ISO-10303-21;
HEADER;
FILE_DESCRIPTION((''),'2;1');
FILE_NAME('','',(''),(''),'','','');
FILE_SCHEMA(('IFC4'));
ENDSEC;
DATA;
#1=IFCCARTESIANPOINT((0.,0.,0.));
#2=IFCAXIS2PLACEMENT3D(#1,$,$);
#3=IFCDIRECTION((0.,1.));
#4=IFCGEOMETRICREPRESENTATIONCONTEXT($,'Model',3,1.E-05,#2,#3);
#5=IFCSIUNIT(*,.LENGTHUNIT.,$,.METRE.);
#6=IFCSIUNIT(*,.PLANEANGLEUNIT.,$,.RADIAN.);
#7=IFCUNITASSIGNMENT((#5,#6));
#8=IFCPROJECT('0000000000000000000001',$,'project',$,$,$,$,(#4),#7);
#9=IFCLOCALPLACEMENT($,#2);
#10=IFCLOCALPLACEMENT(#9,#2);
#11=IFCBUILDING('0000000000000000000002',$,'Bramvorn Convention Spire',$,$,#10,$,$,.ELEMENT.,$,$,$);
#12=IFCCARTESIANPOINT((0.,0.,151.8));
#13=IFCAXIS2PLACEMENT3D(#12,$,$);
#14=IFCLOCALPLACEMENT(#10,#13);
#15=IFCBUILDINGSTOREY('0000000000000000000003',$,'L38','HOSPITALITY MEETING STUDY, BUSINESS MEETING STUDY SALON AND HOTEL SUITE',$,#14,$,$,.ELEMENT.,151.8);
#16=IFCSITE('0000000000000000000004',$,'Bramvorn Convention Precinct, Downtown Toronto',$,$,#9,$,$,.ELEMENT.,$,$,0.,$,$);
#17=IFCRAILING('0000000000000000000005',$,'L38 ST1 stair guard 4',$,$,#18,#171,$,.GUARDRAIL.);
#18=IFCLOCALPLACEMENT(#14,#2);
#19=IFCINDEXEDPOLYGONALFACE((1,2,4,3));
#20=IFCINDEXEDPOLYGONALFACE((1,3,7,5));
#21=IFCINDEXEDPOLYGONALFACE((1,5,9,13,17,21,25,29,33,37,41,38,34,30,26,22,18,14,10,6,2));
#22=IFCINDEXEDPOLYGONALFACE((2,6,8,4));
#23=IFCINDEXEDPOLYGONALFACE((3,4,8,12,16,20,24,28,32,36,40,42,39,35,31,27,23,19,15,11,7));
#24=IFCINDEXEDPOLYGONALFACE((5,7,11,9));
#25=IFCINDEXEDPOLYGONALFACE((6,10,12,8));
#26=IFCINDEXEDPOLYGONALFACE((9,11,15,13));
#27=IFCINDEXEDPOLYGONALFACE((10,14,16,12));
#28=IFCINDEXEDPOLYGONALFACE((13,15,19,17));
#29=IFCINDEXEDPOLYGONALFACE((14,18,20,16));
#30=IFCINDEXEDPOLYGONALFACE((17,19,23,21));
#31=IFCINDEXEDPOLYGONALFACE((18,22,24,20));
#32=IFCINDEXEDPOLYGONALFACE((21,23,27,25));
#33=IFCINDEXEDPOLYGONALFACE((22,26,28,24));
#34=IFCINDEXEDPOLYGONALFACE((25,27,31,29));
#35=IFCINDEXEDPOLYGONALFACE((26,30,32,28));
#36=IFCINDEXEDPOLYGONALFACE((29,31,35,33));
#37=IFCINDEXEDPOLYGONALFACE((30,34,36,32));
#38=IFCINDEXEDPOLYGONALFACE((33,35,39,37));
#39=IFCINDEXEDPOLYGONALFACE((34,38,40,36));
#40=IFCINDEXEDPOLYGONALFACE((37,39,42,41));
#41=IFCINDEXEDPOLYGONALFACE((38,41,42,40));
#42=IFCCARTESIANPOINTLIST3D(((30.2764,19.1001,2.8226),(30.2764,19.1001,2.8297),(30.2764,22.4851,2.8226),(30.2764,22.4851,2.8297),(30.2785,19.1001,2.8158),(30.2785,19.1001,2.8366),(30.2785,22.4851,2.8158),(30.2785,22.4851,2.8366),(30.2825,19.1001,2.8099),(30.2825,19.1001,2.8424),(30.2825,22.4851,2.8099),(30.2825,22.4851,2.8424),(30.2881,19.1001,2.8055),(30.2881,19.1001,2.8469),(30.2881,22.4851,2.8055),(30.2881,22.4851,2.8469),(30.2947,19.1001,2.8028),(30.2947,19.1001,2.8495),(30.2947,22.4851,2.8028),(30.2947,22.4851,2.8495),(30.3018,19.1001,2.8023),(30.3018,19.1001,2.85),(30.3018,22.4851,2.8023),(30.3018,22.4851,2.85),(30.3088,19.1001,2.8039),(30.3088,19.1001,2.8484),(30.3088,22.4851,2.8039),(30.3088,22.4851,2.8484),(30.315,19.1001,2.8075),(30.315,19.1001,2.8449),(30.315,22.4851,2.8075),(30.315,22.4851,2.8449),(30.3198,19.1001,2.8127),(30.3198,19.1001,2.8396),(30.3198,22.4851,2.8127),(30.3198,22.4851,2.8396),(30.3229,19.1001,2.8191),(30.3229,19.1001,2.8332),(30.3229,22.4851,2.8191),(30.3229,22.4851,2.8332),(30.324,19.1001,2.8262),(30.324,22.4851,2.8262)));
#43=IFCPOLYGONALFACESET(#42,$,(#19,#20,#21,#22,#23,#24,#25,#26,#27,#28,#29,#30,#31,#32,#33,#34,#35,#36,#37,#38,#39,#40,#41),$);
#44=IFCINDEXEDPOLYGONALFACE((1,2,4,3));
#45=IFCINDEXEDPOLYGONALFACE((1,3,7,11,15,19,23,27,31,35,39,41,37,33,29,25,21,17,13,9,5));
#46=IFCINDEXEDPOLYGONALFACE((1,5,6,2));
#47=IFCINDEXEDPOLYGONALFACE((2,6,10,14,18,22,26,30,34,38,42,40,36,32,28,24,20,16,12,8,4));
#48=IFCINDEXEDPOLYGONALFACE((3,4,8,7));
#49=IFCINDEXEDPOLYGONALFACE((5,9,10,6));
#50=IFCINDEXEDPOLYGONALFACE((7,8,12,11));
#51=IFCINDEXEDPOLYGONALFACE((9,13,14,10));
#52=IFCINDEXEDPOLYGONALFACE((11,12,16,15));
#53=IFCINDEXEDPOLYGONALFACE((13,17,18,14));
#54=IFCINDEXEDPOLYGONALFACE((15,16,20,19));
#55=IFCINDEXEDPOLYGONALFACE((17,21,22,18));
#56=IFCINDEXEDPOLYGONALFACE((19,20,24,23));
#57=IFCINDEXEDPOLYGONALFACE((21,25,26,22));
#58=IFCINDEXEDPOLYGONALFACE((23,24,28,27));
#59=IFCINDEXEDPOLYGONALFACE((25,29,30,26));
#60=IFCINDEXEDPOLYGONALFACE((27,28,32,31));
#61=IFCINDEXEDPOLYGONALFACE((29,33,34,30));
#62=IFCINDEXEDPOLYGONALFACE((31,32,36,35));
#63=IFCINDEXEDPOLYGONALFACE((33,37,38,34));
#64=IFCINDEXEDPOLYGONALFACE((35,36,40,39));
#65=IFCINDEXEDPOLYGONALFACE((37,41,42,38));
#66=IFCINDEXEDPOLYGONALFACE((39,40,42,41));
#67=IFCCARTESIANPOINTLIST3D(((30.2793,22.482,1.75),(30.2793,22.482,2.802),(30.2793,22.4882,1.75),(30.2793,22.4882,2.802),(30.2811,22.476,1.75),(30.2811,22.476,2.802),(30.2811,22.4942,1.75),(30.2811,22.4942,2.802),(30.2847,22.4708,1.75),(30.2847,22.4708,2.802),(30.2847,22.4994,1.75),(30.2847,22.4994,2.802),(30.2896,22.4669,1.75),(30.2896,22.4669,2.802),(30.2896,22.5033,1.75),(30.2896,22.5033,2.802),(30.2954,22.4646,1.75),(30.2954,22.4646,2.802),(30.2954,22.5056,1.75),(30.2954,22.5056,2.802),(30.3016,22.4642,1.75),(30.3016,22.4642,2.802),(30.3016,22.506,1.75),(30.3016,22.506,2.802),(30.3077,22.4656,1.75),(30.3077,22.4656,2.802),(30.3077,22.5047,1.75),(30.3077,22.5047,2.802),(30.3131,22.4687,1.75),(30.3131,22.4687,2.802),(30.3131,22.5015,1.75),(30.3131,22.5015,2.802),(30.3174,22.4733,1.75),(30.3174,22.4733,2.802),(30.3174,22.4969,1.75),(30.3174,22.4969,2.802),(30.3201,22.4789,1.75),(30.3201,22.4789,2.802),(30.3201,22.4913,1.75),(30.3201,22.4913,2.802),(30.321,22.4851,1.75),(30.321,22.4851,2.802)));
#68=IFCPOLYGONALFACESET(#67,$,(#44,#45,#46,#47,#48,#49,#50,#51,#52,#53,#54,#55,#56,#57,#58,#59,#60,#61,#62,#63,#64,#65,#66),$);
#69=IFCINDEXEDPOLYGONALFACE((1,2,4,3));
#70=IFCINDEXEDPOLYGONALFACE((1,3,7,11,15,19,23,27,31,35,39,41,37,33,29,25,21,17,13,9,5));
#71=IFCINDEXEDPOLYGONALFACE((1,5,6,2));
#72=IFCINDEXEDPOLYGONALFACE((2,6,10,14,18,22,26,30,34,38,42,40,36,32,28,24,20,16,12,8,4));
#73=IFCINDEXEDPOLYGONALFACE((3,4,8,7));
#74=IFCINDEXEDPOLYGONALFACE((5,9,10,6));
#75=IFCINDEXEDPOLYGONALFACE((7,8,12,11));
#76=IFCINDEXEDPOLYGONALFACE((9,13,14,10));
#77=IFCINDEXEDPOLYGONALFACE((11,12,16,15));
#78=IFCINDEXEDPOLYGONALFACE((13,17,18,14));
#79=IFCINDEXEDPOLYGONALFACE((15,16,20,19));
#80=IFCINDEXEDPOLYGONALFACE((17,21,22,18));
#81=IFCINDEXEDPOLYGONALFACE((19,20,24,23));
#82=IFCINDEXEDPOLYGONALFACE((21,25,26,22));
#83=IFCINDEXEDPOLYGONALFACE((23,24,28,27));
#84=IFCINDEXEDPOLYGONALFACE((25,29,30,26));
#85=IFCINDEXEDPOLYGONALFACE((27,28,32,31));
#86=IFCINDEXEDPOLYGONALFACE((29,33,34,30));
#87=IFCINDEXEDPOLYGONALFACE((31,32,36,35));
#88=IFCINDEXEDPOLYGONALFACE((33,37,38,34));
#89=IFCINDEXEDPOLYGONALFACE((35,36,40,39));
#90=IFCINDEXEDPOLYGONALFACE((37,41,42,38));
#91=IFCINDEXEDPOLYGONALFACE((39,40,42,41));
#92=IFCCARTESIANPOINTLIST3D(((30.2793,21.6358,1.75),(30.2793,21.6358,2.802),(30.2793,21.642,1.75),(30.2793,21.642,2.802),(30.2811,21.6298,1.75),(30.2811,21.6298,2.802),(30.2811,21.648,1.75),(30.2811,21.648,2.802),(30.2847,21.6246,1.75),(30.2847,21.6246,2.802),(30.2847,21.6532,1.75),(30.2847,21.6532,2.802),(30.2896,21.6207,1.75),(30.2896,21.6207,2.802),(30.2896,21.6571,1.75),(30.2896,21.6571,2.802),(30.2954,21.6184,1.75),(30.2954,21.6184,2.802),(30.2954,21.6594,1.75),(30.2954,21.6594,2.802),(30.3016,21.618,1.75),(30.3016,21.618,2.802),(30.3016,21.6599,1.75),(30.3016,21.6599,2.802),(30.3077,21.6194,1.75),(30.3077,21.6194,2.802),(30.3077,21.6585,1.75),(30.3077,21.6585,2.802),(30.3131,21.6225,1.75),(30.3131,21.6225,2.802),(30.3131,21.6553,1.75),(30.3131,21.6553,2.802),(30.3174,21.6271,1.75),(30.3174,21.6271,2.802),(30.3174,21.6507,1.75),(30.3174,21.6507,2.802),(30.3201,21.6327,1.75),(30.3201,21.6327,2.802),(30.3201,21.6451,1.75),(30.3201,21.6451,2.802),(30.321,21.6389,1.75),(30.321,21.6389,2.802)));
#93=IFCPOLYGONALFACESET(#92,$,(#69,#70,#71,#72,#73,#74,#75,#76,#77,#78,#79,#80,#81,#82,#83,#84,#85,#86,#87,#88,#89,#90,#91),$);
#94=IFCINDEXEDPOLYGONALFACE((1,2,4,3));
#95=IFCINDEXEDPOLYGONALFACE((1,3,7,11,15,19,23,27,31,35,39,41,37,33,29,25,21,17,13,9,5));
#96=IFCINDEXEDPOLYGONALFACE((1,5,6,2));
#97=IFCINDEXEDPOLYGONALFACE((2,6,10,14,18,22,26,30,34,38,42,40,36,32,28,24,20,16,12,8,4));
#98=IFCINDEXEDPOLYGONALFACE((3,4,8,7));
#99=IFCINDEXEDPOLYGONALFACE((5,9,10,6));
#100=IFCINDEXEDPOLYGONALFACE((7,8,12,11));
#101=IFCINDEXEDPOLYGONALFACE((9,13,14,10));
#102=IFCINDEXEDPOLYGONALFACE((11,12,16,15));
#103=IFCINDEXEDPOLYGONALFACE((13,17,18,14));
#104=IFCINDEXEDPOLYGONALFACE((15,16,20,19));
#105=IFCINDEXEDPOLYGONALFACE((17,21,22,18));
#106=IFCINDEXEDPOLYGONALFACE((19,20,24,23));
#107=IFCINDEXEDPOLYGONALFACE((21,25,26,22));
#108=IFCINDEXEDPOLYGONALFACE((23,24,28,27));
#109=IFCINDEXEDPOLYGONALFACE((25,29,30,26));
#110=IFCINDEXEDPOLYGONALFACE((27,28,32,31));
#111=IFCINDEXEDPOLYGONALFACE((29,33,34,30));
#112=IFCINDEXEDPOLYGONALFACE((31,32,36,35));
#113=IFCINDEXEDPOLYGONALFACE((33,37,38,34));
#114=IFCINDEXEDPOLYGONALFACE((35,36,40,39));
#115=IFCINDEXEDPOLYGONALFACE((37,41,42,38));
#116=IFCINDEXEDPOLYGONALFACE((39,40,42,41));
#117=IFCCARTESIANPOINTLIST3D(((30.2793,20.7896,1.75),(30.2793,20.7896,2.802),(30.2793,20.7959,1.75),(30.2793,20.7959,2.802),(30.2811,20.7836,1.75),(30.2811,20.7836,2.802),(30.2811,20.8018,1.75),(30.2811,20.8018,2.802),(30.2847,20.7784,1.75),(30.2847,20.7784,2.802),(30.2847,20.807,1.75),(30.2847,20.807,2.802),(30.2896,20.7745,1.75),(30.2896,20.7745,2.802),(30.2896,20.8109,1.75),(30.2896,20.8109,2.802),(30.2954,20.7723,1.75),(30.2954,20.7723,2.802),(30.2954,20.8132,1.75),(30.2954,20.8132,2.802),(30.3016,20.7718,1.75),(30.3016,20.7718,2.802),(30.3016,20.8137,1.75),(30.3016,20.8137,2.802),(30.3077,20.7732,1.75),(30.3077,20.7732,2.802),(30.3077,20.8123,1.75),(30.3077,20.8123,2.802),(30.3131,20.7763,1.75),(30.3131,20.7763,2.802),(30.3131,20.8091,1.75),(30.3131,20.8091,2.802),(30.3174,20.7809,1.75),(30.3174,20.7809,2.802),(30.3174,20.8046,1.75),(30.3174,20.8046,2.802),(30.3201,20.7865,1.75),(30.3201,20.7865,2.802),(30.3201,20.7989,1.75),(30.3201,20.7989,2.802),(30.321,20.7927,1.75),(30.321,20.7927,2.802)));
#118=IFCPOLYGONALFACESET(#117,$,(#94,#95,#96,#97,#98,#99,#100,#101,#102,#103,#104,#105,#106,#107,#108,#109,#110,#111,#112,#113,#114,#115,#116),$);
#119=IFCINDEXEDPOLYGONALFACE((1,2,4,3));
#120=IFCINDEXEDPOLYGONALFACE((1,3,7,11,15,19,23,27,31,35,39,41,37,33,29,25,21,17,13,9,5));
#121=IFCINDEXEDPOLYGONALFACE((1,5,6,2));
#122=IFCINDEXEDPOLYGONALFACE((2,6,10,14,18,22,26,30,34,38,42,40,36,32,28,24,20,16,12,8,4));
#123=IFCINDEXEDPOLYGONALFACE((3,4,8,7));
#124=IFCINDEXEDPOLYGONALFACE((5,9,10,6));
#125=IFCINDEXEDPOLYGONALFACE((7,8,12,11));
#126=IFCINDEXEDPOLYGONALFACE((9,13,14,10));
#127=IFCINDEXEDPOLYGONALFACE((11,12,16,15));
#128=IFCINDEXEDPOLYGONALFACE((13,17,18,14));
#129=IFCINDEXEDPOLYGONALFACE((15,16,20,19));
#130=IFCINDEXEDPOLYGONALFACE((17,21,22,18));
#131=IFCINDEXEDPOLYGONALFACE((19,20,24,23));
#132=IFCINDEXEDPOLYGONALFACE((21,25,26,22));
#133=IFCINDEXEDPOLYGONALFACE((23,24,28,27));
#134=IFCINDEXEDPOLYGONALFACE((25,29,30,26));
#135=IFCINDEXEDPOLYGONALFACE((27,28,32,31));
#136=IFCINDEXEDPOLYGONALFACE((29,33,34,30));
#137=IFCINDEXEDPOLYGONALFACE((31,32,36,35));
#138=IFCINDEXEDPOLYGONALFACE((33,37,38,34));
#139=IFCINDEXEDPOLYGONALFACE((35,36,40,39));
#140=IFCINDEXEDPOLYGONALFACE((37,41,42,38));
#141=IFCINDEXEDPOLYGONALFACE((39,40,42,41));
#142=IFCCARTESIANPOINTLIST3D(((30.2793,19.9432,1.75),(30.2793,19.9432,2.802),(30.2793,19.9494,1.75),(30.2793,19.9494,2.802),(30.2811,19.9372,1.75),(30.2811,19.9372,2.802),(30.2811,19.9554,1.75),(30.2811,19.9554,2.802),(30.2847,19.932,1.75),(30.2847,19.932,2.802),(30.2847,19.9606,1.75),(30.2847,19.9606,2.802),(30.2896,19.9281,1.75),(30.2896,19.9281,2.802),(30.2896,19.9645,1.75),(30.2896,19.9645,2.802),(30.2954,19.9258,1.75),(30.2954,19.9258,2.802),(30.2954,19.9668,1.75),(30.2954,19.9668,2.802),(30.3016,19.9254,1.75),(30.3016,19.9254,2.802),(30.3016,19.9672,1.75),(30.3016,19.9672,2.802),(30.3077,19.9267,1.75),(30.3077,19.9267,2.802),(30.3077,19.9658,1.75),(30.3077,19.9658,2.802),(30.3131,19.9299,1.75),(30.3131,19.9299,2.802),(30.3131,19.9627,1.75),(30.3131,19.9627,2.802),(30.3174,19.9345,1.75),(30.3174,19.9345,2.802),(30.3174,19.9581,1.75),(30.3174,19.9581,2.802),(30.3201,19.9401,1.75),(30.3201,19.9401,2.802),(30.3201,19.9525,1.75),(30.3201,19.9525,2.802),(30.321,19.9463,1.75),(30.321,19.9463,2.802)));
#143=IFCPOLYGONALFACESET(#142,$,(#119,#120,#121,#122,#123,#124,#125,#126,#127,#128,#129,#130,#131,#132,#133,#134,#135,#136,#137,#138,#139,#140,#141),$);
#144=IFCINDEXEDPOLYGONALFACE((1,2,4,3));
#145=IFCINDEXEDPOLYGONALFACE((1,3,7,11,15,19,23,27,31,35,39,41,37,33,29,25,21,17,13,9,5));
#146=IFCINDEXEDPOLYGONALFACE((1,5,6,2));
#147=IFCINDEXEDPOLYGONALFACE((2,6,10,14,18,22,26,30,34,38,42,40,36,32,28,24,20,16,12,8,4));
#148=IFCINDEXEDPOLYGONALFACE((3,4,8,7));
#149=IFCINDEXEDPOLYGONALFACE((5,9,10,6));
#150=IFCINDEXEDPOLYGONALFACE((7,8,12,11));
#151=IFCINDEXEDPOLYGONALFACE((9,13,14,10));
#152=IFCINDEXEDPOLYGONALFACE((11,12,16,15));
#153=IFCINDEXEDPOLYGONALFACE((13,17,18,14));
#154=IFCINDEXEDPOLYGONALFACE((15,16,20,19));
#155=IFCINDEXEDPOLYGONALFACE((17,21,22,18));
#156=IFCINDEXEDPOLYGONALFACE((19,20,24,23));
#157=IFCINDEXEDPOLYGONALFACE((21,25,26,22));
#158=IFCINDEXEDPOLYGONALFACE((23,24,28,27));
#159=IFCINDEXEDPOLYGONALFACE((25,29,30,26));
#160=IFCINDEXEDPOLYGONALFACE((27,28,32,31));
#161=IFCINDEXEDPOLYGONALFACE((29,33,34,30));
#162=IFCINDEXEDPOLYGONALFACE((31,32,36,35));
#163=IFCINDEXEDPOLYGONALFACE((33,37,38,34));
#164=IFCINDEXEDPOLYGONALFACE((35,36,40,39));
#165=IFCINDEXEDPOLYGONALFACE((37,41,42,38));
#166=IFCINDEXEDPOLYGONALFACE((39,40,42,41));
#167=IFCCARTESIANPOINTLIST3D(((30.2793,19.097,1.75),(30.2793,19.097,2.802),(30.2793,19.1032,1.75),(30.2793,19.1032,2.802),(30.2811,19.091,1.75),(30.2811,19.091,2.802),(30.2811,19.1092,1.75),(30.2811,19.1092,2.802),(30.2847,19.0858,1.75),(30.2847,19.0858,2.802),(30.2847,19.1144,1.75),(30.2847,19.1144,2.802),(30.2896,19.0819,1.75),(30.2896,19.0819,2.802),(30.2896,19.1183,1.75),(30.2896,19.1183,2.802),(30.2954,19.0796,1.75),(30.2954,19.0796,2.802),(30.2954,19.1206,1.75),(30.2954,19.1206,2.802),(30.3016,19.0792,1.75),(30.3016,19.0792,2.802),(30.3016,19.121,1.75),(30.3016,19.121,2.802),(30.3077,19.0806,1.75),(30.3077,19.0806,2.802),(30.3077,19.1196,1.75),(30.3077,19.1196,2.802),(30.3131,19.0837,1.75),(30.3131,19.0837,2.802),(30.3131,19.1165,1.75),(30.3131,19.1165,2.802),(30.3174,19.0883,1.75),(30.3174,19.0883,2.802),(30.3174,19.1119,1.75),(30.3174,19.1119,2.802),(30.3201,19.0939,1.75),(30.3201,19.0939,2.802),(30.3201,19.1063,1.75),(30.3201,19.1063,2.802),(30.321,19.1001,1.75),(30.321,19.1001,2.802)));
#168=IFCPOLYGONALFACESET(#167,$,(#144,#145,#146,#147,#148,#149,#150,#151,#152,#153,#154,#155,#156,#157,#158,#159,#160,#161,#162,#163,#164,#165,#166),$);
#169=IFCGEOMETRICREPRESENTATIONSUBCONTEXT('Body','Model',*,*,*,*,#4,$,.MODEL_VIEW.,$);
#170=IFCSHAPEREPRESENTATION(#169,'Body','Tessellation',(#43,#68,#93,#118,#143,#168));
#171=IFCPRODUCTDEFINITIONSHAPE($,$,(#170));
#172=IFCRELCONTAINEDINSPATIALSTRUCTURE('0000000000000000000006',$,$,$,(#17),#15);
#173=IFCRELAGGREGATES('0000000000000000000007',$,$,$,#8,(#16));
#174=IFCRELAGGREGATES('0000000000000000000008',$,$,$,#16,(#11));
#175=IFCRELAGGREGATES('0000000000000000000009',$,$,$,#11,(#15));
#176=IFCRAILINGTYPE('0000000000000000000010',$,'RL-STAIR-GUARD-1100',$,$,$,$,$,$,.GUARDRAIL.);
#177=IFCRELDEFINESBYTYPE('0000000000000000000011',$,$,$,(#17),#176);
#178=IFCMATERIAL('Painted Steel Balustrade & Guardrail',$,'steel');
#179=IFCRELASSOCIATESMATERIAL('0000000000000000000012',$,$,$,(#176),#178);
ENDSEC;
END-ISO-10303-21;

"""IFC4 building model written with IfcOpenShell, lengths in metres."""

from ifc_helpers import new_model, si_unit, direction, frame, origin, origin_2d, place, context, subcontext, project, spatial, circle, extrude, material, type_object, element, save


model = new_model("IFC4")

# Units and contexts
model_context = context("Model", 3, precision=1e-05, world=origin(), true_north=direction((0.0, 1.0)))
body_context = subcontext(model_context, "Body", "Model", "MODEL_VIEW")
ifc_project = project(units=[si_unit("LENGTHUNIT", "METRE"), si_unit("PLANEANGLEUNIT", "RADIAN")], contexts=[model_context])

# Site, building, storey
site_placement = place(None, origin())
site = spatial("IfcSite", under=ifc_project, at=site_placement, Name="Bramvorn Convention Precinct, Downtown Toronto", CompositionType="ELEMENT", RefElevation=0.0)
building_placement = place(site_placement, origin())
building = spatial("IfcBuilding", under=site, at=building_placement, Name="Bramvorn Convention Spire", CompositionType="ELEMENT")
storey_placement = place(building_placement, frame((0.0, 0.0, 151.8)))
storey = spatial("IfcBuildingStorey", under=building, at=storey_placement, Name="L38", Description="HOSPITALITY MEETING STUDY, BUSINESS MEETING STUDY SALON AND HOTEL SUITE", CompositionType="ELEMENT", Elevation=151.8)

# Railing
ifc_material_1 = material(Name="Painted Steel Balustrade & Guardrail", Category="steel")
railing_type_1 = type_object("IfcRailingType", Name="RL-STAIR-GUARD-1100", PredefinedType="GUARDRAIL", material=ifc_material_1)
for number, where, name in (
    (1, (30.3, 22.4851, 1.75), "L38 ST1 stair guard 4"),
):
    element("IfcRailing", number, at=place(storey_placement, frame(where)), inside=storey, type_object=railing_type_1, Name=name, PredefinedType="GUARDRAIL", context=body_context, shape_type="SweptSolid", body=[
        extrude(circle(Radius=0.0239, at=origin_2d()), frame((0.0, 0.0, 1.0762), z_axis=(0.0, -1.0, 0.0), x_axis=(1.0, 0.0, 0.0)), (0.0, 0.0, 1.0), 3.385),
        extrude(circle(Radius=0.021, at=origin_2d()), origin(), (0.0, 0.0, 1.0), 1.052),
        extrude(circle(Radius=0.021, at=origin_2d()), frame((0.0, -0.8462, 0.0)), (0.0, 0.0, 1.0), 1.052),
        extrude(circle(Radius=0.021, at=origin_2d()), frame((0.0, -1.6924, 0.0)), (0.0, 0.0, 1.0), 1.052),
        extrude(circle(Radius=0.021, at=origin_2d()), frame((0.0, -2.5388, 0.0)), (0.0, 0.0, 1.0), 1.052),
        extrude(circle(Radius=0.021, at=origin_2d()), frame((0.0, -3.385, 0.0)), (0.0, 0.0, 1.0), 1.052),
    ])

save(model, "model.ifc")
